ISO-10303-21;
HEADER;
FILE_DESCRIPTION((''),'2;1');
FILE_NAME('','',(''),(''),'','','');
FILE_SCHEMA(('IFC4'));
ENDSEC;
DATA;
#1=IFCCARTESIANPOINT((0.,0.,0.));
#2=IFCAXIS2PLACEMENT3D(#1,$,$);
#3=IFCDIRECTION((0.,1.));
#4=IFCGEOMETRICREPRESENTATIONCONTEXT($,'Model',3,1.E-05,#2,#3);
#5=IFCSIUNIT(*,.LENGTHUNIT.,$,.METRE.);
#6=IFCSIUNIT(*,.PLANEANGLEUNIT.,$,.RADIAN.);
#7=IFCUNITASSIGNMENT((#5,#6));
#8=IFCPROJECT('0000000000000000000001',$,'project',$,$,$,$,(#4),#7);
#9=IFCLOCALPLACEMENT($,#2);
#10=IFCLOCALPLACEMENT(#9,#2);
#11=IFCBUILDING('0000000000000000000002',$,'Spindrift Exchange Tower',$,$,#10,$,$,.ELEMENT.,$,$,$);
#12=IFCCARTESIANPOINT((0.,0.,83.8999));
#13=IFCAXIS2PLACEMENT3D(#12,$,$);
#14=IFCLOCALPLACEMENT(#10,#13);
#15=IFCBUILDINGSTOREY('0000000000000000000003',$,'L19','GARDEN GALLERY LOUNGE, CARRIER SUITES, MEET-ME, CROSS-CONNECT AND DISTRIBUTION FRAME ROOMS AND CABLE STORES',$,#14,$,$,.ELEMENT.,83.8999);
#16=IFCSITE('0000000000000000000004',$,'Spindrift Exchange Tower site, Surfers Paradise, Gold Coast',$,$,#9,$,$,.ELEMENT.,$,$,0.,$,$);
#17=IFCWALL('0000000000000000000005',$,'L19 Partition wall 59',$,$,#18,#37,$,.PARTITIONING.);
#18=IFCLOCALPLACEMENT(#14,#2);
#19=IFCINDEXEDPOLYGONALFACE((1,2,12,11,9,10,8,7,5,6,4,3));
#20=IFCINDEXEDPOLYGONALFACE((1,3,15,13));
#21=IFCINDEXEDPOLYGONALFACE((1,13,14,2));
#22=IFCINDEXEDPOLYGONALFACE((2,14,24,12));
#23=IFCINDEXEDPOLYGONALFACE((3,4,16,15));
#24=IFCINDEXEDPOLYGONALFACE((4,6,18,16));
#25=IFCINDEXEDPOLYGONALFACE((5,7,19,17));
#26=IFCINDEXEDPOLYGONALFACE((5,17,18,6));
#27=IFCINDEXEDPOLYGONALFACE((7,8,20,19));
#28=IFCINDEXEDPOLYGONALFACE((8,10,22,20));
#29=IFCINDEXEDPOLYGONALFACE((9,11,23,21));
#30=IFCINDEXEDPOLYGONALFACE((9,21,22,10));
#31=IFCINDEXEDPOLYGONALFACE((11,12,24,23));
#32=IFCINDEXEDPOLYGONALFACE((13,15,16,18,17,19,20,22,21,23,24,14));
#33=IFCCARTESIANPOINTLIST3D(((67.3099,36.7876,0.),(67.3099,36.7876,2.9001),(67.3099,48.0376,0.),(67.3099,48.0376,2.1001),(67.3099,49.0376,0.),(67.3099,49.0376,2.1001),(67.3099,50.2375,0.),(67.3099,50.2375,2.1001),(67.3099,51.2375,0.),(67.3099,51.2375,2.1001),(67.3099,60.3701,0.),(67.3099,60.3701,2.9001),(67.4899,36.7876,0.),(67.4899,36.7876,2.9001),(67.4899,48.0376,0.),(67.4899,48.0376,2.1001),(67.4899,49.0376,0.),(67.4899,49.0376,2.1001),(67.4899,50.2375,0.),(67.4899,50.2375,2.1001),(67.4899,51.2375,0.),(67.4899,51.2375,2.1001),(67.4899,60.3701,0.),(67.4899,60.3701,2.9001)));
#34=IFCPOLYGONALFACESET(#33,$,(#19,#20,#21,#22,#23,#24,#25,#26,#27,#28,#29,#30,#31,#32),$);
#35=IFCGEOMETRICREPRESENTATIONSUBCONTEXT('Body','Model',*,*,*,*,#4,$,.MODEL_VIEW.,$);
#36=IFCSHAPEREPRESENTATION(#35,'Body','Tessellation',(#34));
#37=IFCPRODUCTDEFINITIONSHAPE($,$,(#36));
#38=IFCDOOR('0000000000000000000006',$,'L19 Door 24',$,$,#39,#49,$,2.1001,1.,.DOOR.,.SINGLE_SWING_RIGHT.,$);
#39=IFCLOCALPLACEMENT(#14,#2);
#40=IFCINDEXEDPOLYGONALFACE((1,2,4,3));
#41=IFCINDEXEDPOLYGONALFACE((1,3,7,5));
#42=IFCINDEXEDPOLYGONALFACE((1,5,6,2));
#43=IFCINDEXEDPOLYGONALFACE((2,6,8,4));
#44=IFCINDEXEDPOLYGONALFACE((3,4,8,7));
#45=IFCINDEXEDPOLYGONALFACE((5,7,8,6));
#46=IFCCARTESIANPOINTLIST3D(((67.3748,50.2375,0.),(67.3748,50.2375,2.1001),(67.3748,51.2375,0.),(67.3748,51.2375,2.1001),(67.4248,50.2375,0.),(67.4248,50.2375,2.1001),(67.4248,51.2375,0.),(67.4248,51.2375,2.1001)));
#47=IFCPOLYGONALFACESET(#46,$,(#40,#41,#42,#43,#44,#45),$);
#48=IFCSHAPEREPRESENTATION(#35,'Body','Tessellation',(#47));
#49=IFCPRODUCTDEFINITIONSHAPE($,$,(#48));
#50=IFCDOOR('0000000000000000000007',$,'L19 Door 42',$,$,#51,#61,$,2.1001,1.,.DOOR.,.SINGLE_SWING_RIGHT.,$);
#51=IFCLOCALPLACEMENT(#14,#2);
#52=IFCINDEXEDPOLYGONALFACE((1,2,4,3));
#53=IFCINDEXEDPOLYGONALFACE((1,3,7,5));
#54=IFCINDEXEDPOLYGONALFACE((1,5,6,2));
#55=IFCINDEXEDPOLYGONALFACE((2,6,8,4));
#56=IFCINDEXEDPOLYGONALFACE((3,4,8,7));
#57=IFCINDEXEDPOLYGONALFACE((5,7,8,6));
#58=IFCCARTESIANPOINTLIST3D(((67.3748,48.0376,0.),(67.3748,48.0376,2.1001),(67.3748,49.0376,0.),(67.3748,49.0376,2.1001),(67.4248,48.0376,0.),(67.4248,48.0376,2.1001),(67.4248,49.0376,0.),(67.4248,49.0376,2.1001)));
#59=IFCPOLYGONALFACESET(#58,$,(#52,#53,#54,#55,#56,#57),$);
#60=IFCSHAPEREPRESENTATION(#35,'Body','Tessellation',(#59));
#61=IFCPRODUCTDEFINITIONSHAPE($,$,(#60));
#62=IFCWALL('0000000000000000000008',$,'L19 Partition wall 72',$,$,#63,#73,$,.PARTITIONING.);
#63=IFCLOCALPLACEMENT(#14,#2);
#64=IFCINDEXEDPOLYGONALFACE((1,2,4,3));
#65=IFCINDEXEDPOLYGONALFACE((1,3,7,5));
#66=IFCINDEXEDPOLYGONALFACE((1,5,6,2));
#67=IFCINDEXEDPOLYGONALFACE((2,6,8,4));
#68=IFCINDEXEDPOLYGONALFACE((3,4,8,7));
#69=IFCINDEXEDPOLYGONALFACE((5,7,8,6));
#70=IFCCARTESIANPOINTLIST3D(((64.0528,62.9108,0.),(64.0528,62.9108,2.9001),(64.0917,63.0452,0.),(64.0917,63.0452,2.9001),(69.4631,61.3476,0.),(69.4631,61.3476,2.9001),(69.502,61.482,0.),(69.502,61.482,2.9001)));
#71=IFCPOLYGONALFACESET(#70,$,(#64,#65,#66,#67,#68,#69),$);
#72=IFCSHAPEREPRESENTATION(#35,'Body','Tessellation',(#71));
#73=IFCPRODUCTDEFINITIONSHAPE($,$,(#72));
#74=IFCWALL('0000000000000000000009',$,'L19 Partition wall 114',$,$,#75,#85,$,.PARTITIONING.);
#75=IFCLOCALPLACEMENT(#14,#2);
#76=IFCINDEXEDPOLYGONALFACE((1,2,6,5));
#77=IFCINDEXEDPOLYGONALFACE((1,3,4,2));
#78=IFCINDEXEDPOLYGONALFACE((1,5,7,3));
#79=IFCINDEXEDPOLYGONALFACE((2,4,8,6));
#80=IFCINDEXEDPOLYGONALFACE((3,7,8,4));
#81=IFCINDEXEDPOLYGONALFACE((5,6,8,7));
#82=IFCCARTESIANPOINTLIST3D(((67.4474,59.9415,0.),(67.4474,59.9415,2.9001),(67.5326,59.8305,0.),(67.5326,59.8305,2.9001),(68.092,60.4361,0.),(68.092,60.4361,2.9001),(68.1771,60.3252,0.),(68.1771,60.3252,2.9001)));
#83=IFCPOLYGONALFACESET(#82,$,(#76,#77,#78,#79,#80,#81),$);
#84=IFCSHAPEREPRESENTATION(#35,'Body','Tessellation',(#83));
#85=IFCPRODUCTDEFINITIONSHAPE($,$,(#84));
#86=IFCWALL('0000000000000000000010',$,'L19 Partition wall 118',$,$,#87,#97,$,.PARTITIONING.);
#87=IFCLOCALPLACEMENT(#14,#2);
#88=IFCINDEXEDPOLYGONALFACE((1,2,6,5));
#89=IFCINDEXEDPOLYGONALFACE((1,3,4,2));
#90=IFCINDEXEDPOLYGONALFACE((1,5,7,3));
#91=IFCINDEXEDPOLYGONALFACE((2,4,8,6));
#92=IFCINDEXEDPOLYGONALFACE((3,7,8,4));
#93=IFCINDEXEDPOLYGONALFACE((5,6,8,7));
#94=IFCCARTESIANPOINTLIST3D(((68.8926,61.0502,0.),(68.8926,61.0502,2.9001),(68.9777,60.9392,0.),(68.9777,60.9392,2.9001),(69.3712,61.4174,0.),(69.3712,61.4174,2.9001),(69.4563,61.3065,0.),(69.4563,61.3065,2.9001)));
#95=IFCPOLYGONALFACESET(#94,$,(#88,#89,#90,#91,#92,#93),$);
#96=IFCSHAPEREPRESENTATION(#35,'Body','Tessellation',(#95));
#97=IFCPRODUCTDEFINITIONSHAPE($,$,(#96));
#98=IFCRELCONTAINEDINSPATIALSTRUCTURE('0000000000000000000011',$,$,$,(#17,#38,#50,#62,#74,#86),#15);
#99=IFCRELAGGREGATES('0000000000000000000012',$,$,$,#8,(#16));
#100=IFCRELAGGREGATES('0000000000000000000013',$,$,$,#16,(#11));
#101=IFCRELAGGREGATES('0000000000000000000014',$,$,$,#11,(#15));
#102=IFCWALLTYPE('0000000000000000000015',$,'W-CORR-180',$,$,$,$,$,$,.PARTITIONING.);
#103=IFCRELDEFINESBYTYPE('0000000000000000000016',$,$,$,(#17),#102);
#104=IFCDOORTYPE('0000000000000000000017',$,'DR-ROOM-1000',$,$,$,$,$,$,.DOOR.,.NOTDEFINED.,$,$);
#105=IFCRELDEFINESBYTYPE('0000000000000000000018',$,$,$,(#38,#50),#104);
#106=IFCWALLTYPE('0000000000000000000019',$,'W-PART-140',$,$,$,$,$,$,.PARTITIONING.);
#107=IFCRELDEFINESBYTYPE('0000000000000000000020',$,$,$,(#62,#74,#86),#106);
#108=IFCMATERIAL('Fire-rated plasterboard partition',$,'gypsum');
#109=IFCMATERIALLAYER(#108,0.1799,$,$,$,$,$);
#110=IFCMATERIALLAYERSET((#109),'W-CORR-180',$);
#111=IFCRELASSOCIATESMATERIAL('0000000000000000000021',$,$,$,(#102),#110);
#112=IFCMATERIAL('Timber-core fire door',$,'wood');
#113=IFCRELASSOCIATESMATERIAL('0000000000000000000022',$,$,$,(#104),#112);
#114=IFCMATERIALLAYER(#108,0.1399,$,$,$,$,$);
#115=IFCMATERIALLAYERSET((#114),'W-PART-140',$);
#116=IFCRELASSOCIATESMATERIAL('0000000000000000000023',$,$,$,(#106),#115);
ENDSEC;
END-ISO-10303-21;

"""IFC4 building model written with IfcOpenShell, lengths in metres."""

from ifc_helpers import new_model, si_unit, direction, frame, frame_2d, origin, place, context, subcontext, project, spatial, rectangle, extrude, source, transform, mapped, material, layer, layer_set, type_object, element, fill, save


model = new_model("IFC4")

# Units and contexts
model_context = context("Model", 3, precision=1e-05, world=origin(), true_north=direction((0.0, 1.0)))
body_context = subcontext(model_context, "Body", "Model", "MODEL_VIEW")
ifc_project = project(units=[si_unit("LENGTHUNIT", "METRE"), si_unit("PLANEANGLEUNIT", "RADIAN")], contexts=[model_context])

# Site, building, storey
site_placement = place(None, origin())
site = spatial("IfcSite", under=ifc_project, at=site_placement, Name="Spindrift Exchange Tower site, Surfers Paradise, Gold Coast", CompositionType="ELEMENT", RefElevation=0.0)
building_placement = place(site_placement, origin())
building = spatial("IfcBuilding", under=site, at=building_placement, Name="Spindrift Exchange Tower", CompositionType="ELEMENT")
storey_placement = place(building_placement, frame((0.0, 0.0, 83.8999)))
storey = spatial("IfcBuildingStorey", under=building, at=storey_placement, Name="L19", Description="GARDEN GALLERY LOUNGE, CARRIER SUITES, MEET-ME, CROSS-CONNECT AND DISTRIBUTION FRAME ROOMS AND CABLE STORES", CompositionType="ELEMENT", Elevation=83.8999)

# Wall, openings, doors
ifc_material_1 = material(Name="Fire-rated plasterboard partition", Category="gypsum")
ifc_layer_1 = layer(ifc_material_1, 0.1799)
ifc_layer_set_1 = layer_set([ifc_layer_1], Name="W-CORR-180")
wall_type_1 = type_object("IfcWallType", Name="W-CORR-180", PredefinedType="PARTITIONING", material=ifc_layer_set_1)
wall_1_placement = place(storey_placement, frame((67.3999, 60.3701, 0.0), z_axis=(0.0, 0.0, 1.0), x_axis=(0.0, -1.0, 0.0)))
wall_1 = element("IfcWall", 1, at=wall_1_placement, inside=storey, type_object=wall_type_1, Name="L19 Partition wall 59", PredefinedType="PARTITIONING", context=body_context, shape_type="SweptSolid", body=[
    extrude(rectangle(XDim=23.5825, YDim=0.1799, at=frame_2d((11.7913, 0.0))), origin(), (0.0, 0.0, 1.0), 2.9001),
])
opening_1_placement = place(wall_1_placement, frame((9.1326, 0.0, 0.0)))
opening_1 = element("IfcOpeningElement", 2, at=opening_1_placement, cuts=wall_1, PredefinedType="OPENING", context=body_context, shape_type="SweptSolid", body=[
    extrude(rectangle(XDim=1.0, YDim=2.1001, at=frame_2d((0.5, 1.05))), frame((0.0, 0.0999, 0.0), z_axis=(0.0, -1.0, 0.0), x_axis=(1.0, 0.0, 0.0)), (0.0, 0.0, 1.0), 0.2),
])
opening_2_placement = place(wall_1_placement, frame((11.3325, 0.0, 0.0)))
opening_2 = element("IfcOpeningElement", 3, at=opening_2_placement, cuts=wall_1, PredefinedType="OPENING", context=body_context, shape_type="SweptSolid", body=[
    extrude(rectangle(XDim=1.0, YDim=2.1001, at=frame_2d((0.5, 1.05))), frame((0.0, 0.0999, 0.0), z_axis=(0.0, -1.0, 0.0), x_axis=(1.0, 0.0, 0.0)), (0.0, 0.0, 1.0), 0.2),
])
ifc_material_2 = material(Name="Timber-core fire door", Category="wood")
door_type = type_object("IfcDoorType", Name="DR-ROOM-1000", OperationType="NOTDEFINED", PredefinedType="DOOR", material=ifc_material_2)
shared_shape_1 = source(origin(), body_context, "Body", "SweptSolid", [
    extrude(rectangle(XDim=1.0, YDim=2.1001, at=frame_2d((0.5, 1.05))), frame((0.0, 0.0249, 0.0), z_axis=(0.0, -1.0, 0.0), x_axis=(1.0, 0.0, 0.0)), (0.0, 0.0, 1.0), 0.05),
])
door_1_placement = place(opening_1_placement, origin())
door_1 = element("IfcDoor", 4, at=door_1_placement, inside=storey, type_object=door_type, Name="L19 Door 24", OperationType="SINGLE_SWING_RIGHT", OverallHeight=2.1001, OverallWidth=1.0, PredefinedType="DOOR", context=body_context, shape_type="MappedRepresentation", body=[
    mapped(shared_shape_1, transform((0.0, 0.0, 0.0), scale=1.0)),
])
fill(opening_1, door_1)
door_2_placement = place(opening_2_placement, origin())
door_2 = element("IfcDoor", 5, at=door_2_placement, inside=storey, type_object=door_type, Name="L19 Door 42", OperationType="SINGLE_SWING_RIGHT", OverallHeight=2.1001, OverallWidth=1.0, PredefinedType="DOOR", context=body_context, shape_type="MappedRepresentation", body=[
    mapped(shared_shape_1, transform((0.0, 0.0, 0.0), scale=1.0)),
])
fill(opening_2, door_2)

# Walls
ifc_layer_2 = layer(ifc_material_1, 0.1399)
ifc_layer_set_2 = layer_set([ifc_layer_2], Name="W-PART-140")
wall_type_2 = type_object("IfcWallType", Name="W-PART-140", PredefinedType="PARTITIONING", material=ifc_layer_set_2)
wall_2_placement = place(storey_placement, frame((69.4827, 61.4148, 0.0), z_axis=(0.0, 0.0, 1.0), x_axis=(-0.960703, 0.277577, 0.0)))
element("IfcWall", 6, at=wall_2_placement, inside=storey, type_object=wall_type_2, Name="L19 Partition wall 72", PredefinedType="PARTITIONING", context=body_context, shape_type="SweptSolid", body=[
    extrude(rectangle(XDim=5.6316, YDim=0.1399, at=frame_2d((2.8159, 0.0))), origin(), (0.0, 0.0, 1.0), 2.9001),
])
wall_3_placement = place(storey_placement, frame((67.49, 59.886, 0.0), z_axis=(0.0, 0.0, 1.0), x_axis=(0.793316, 0.60881, 0.0)))
element("IfcWall", 7, at=wall_3_placement, inside=storey, type_object=wall_type_2, Name="L19 Partition wall 114", PredefinedType="PARTITIONING", context=body_context, shape_type="SweptSolid", body=[
    extrude(rectangle(XDim=0.8125, YDim=0.1399, at=frame_2d((0.4062, 0.0))), origin(), (0.0, 0.0, 1.0), 2.9001),
])
wall_4_placement = place(storey_placement, frame((68.9351, 60.9946, 0.0), z_axis=(0.0, 0.0, 1.0), x_axis=(0.793346, 0.608771, 0.0)))
element("IfcWall", 8, at=wall_4_placement, inside=storey, type_object=wall_type_2, Name="L19 Partition wall 118", PredefinedType="PARTITIONING", context=body_context, shape_type="SweptSolid", body=[
    extrude(rectangle(XDim=0.6033, YDim=0.1399, at=frame_2d((0.3018, 0.0))), origin(), (0.0, 0.0, 1.0), 2.9001),
])

save(model, "model.ifc")
